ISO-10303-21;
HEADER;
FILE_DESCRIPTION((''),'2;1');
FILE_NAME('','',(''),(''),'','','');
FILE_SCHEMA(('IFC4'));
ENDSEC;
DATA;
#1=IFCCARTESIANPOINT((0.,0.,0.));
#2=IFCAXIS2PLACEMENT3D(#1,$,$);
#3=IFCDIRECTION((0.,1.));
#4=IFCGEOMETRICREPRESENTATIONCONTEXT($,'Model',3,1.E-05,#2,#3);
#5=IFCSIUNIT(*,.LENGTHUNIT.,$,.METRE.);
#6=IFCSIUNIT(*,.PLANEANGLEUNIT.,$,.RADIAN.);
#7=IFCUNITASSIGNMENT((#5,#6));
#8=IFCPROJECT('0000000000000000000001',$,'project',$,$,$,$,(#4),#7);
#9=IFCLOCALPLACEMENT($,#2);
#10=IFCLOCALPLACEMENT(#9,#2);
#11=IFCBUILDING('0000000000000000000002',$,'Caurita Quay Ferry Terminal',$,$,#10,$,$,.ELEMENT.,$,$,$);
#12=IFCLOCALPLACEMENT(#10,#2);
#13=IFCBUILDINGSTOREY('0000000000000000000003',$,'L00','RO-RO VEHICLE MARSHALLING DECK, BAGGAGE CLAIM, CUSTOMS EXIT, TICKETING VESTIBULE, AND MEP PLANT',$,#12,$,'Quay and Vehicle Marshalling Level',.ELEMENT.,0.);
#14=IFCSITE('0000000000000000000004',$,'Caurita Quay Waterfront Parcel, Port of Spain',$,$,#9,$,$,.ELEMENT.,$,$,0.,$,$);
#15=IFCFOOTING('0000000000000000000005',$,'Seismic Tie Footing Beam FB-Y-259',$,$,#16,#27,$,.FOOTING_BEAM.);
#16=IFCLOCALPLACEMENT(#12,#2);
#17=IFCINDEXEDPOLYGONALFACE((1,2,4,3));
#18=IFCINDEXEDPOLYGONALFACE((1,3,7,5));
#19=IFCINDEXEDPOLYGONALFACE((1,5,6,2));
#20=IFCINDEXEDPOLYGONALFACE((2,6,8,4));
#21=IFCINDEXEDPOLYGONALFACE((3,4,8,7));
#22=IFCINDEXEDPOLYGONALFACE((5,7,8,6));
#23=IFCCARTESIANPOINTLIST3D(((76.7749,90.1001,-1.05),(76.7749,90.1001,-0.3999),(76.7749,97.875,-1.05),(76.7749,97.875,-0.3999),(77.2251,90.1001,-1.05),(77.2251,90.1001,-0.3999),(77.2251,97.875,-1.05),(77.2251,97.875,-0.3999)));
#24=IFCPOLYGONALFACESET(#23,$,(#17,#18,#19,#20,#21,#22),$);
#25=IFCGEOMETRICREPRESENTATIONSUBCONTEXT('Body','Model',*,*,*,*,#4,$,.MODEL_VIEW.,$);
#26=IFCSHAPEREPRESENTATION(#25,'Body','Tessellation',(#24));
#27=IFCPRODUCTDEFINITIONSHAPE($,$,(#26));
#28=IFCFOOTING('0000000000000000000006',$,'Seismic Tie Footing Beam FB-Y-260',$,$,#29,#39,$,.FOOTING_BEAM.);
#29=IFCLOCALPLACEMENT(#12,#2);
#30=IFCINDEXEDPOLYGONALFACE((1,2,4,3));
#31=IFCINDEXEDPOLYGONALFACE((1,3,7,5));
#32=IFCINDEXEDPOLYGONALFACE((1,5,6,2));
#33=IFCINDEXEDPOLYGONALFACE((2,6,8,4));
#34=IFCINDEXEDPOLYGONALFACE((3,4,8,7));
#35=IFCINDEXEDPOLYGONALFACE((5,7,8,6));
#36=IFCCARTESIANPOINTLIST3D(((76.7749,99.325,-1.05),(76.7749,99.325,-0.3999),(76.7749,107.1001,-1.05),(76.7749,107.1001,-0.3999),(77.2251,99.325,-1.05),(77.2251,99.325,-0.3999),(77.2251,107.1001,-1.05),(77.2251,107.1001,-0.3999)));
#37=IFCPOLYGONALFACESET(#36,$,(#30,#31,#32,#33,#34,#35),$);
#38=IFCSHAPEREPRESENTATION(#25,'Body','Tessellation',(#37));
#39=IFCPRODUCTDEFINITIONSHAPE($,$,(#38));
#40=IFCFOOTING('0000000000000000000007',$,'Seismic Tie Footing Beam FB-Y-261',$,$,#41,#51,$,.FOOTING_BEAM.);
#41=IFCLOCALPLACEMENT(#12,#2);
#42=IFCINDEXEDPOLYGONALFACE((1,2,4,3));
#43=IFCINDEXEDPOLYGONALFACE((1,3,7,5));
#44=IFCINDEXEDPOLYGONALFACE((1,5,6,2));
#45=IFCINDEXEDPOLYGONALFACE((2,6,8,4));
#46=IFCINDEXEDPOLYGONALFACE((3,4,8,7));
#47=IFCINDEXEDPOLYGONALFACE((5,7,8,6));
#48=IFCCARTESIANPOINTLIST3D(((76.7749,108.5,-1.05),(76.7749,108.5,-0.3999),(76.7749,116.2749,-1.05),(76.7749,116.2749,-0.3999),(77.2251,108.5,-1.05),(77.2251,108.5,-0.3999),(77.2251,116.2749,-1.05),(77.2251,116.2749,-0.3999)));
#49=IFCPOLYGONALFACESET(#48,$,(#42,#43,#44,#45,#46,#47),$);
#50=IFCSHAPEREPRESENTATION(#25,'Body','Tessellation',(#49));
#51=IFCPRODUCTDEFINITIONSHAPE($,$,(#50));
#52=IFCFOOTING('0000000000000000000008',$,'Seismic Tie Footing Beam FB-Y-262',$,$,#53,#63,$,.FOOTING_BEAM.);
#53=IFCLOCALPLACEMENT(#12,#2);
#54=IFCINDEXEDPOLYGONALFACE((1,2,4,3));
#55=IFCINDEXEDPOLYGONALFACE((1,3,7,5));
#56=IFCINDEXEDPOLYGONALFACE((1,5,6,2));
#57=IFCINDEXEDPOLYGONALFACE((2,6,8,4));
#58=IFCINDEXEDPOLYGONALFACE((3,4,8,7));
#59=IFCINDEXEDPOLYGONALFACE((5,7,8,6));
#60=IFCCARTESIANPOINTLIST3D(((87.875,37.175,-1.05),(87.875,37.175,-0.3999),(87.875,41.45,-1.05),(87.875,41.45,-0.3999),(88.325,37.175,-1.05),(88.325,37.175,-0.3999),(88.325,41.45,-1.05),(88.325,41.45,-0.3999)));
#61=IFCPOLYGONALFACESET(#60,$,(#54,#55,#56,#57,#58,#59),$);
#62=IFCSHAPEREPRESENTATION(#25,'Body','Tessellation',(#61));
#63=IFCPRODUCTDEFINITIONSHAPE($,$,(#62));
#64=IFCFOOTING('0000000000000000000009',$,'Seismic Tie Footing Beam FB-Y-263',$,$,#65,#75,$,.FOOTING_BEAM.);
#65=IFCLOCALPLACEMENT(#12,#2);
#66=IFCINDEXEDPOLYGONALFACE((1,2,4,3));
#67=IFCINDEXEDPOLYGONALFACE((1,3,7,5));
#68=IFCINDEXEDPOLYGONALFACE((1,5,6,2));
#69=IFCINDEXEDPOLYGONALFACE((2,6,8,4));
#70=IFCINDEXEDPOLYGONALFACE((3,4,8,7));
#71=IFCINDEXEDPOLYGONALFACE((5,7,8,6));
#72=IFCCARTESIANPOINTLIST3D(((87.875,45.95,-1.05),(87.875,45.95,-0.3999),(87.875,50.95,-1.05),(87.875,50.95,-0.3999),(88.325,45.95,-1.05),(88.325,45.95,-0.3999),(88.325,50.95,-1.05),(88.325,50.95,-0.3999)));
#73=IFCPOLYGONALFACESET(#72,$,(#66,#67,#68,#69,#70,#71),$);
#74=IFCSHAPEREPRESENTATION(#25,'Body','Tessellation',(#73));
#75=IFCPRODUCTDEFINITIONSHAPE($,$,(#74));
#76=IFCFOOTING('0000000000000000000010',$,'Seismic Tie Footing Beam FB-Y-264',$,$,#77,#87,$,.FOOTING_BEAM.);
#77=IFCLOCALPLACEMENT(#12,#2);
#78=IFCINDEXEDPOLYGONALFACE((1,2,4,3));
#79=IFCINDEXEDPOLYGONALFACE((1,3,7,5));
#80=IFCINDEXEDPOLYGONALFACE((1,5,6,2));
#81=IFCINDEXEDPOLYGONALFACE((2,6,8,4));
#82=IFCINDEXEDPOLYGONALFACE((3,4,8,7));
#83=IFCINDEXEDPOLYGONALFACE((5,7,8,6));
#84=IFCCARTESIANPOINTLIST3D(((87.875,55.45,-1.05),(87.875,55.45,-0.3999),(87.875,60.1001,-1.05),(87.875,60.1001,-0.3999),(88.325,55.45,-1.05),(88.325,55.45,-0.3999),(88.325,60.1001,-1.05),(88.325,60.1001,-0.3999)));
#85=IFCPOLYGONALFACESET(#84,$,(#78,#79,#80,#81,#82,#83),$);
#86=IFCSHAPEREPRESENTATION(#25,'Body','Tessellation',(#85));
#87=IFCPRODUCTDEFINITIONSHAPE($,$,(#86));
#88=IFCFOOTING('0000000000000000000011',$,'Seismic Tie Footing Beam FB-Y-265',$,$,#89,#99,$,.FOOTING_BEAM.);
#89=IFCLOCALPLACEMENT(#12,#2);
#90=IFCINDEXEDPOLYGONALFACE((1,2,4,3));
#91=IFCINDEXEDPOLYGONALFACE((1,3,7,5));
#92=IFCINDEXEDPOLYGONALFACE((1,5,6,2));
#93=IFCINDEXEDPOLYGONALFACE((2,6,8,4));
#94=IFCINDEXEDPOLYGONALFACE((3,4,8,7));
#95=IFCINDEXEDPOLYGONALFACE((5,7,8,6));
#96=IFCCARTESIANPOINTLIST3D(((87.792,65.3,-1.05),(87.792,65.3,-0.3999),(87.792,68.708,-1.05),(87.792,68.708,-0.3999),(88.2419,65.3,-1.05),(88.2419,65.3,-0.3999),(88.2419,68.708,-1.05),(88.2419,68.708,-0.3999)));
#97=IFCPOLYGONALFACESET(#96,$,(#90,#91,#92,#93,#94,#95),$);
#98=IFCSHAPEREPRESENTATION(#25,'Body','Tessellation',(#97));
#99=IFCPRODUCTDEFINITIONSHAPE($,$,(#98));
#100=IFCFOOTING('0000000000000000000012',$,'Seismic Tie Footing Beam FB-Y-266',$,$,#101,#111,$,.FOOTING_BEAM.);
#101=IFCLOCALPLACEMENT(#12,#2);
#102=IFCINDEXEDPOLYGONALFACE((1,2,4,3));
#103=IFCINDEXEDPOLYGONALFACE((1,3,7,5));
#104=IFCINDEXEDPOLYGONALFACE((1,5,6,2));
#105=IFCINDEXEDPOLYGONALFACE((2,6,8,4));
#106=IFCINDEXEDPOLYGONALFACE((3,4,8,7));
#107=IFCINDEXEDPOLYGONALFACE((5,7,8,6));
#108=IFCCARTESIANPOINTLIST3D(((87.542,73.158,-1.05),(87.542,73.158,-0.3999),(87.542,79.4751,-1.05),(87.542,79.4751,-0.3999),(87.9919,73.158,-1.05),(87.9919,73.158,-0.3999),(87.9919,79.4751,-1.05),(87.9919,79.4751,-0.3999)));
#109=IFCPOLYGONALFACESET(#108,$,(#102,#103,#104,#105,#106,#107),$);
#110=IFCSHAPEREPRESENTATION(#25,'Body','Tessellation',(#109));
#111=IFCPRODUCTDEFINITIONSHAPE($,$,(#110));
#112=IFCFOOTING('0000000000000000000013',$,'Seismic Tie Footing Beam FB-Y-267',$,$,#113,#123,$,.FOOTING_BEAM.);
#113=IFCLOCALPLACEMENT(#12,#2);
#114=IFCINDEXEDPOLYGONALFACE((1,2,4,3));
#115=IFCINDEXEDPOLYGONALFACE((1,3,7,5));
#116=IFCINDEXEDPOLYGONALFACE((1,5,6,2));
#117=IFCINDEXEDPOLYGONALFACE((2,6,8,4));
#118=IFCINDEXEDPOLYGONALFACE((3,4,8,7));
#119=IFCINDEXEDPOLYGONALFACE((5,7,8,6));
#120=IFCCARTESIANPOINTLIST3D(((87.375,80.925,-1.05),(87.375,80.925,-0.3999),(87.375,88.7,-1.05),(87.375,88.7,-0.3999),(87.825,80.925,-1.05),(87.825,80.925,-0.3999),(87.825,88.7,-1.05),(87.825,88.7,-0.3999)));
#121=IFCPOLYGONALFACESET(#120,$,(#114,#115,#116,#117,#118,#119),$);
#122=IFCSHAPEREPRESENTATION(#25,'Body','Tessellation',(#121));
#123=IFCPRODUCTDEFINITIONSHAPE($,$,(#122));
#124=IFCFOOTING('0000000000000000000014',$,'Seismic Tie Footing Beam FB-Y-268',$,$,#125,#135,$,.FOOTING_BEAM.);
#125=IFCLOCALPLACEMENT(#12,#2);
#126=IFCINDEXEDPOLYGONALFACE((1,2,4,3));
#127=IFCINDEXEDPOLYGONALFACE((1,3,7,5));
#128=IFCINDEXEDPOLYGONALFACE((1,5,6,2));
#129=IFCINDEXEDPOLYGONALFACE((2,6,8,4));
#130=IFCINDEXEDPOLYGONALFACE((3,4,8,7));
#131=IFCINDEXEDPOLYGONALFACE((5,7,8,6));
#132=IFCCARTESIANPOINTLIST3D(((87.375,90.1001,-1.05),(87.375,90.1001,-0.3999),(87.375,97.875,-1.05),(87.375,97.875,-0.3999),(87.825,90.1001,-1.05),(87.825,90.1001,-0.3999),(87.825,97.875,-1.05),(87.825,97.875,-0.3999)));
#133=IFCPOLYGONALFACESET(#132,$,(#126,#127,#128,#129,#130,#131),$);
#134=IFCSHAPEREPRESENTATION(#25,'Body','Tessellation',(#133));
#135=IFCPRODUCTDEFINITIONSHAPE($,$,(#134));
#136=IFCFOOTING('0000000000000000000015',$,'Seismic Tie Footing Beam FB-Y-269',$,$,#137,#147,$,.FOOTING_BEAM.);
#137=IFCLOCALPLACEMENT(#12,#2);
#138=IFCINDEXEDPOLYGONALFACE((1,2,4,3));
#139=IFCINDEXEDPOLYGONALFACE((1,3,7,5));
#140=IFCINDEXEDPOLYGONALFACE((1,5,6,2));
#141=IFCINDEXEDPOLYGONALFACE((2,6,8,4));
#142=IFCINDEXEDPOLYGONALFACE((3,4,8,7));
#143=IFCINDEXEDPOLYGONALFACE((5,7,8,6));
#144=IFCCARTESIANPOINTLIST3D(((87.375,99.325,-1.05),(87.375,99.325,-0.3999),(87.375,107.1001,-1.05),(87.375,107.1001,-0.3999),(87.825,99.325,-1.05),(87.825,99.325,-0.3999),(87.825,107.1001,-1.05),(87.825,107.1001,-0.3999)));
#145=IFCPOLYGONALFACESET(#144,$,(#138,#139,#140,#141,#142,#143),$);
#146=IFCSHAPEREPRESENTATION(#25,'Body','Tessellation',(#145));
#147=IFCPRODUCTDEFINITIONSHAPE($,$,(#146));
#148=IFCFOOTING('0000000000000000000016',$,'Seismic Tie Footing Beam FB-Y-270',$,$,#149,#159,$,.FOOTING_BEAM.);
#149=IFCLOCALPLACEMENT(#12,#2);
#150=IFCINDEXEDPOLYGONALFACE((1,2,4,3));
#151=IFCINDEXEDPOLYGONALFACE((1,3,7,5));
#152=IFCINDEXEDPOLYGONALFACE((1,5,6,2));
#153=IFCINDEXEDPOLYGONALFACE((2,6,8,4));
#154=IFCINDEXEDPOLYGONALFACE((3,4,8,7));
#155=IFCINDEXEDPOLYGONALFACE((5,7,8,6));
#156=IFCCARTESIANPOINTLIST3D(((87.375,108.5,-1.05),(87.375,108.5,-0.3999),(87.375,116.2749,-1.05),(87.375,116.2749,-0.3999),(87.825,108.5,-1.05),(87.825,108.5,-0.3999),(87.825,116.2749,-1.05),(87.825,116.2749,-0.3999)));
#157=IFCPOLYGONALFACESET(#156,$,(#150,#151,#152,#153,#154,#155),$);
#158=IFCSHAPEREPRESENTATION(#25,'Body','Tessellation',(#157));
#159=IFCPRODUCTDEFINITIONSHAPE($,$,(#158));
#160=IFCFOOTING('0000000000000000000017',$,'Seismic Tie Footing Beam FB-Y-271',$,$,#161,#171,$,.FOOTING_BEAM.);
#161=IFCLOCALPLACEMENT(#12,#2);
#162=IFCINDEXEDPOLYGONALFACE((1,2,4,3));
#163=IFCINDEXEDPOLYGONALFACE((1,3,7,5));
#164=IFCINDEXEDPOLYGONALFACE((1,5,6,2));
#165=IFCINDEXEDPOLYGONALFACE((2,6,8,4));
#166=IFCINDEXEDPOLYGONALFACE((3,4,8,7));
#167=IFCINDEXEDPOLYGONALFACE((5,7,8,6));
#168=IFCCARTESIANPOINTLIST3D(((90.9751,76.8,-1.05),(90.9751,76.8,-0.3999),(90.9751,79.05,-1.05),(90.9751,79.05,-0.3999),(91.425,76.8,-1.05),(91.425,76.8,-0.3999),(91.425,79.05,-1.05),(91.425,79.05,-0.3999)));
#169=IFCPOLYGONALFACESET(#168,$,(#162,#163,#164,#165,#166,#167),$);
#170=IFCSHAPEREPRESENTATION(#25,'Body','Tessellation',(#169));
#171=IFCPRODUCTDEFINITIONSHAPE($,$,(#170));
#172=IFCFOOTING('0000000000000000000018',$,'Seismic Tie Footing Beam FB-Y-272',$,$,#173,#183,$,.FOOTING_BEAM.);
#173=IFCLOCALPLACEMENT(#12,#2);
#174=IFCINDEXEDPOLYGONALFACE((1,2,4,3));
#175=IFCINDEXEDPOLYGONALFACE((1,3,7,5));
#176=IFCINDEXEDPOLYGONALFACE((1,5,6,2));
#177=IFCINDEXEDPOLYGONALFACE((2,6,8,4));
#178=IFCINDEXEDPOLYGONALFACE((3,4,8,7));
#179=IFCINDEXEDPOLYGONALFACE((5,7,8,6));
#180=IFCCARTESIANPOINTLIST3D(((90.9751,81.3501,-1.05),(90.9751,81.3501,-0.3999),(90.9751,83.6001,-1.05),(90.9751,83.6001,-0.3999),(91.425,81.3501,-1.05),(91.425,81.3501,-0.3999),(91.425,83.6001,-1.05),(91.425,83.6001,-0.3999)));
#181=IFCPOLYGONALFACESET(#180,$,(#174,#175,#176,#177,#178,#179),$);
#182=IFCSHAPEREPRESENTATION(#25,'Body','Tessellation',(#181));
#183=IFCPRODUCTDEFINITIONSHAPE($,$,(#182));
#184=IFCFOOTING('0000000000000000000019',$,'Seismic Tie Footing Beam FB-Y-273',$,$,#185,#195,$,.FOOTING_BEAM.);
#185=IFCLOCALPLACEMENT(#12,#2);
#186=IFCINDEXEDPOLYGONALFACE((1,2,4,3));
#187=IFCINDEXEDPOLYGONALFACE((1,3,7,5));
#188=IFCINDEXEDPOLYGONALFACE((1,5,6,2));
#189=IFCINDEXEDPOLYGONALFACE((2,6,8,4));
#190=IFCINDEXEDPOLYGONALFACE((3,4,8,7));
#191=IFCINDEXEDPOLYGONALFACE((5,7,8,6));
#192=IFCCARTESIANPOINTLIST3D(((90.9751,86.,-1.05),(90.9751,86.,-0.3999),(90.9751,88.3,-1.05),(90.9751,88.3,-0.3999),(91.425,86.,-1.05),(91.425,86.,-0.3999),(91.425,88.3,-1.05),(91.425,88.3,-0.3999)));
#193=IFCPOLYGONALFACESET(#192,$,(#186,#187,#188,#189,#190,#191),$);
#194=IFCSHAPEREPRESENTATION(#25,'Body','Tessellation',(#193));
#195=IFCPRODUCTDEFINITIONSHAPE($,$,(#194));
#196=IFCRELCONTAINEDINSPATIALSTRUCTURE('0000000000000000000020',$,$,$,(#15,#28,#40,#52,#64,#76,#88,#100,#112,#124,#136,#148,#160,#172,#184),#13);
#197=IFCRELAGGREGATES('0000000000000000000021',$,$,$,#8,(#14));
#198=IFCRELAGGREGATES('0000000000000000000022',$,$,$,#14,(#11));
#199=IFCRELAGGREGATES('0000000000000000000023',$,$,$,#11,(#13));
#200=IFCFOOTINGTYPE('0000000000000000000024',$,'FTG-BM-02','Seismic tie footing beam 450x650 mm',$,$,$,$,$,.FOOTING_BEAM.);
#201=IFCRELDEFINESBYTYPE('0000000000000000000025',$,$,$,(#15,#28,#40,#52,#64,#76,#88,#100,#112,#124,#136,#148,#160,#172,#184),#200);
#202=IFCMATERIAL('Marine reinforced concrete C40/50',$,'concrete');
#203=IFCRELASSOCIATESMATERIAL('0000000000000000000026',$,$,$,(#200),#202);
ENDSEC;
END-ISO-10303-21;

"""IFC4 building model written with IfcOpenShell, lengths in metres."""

from ifc_helpers import new_model, si_unit, direction, frame, origin, place, context, subcontext, project, spatial, polyline, outline, extrude, material, type_object, element, save


model = new_model("IFC4")

# Units and contexts
model_context = context("Model", 3, precision=1e-05, world=origin(), true_north=direction((0.0, 1.0)))
body_context = subcontext(model_context, "Body", "Model", "MODEL_VIEW")
ifc_project = project(units=[si_unit("LENGTHUNIT", "METRE"), si_unit("PLANEANGLEUNIT", "RADIAN")], contexts=[model_context])

# Site, building, storey
site_placement = place(None, origin())
site = spatial("IfcSite", under=ifc_project, at=site_placement, Name="Caurita Quay Waterfront Parcel, Port of Spain", CompositionType="ELEMENT", RefElevation=0.0)
building_placement = place(site_placement, origin())
building = spatial("IfcBuilding", under=site, at=building_placement, Name="Caurita Quay Ferry Terminal", CompositionType="ELEMENT")
storey_placement = place(building_placement, origin())
storey = spatial("IfcBuildingStorey", under=building, at=storey_placement, Name="L00", Description="RO-RO VEHICLE MARSHALLING DECK, BAGGAGE CLAIM, CUSTOMS EXIT, TICKETING VESTIBULE, AND MEP PLANT", LongName="Quay and Vehicle Marshalling Level", CompositionType="ELEMENT", Elevation=0.0)

# Footings
ifc_material = material(Name="Marine reinforced concrete C40/50", Category="concrete")
footing_type = type_object("IfcFootingType", Name="FTG-BM-02", Description="Seismic tie footing beam 450x650 mm", PredefinedType="FOOTING_BEAM", material=ifc_material)
footing_1_placement = place(storey_placement, frame((0.0, 0.0, -1.05)))
element("IfcFooting", 1, at=footing_1_placement, inside=storey, type_object=footing_type, Name="Seismic Tie Footing Beam FB-Y-259", PredefinedType="FOOTING_BEAM", context=body_context, shape_type="SweptSolid", body=[
    extrude(outline(polyline([(76.7749, 90.1001), (77.2251, 90.1001), (77.2251, 97.875), (76.7749, 97.875), (76.7749, 90.1001)])), origin(), (0.0, 0.0, 1.0), 0.6501),
])
footing_2_placement = place(storey_placement, frame((0.0, 0.0, -1.05)))
element("IfcFooting", 2, at=footing_2_placement, inside=storey, type_object=footing_type, Name="Seismic Tie Footing Beam FB-Y-260", PredefinedType="FOOTING_BEAM", context=body_context, shape_type="SweptSolid", body=[
    extrude(outline(polyline([(76.7749, 99.325), (77.2251, 99.325), (77.2251, 107.1001), (76.7749, 107.1001), (76.7749, 99.325)])), origin(), (0.0, 0.0, 1.0), 0.6501),
])
footing_3_placement = place(storey_placement, frame((0.0, 0.0, -1.05)))
element("IfcFooting", 3, at=footing_3_placement, inside=storey, type_object=footing_type, Name="Seismic Tie Footing Beam FB-Y-261", PredefinedType="FOOTING_BEAM", context=body_context, shape_type="SweptSolid", body=[
    extrude(outline(polyline([(76.7749, 108.5), (77.2251, 108.5), (77.2251, 116.2749), (76.7749, 116.2749), (76.7749, 108.5)])), origin(), (0.0, 0.0, 1.0), 0.6501),
])
footing_4_placement = place(storey_placement, frame((0.0, 0.0, -1.05)))
element("IfcFooting", 4, at=footing_4_placement, inside=storey, type_object=footing_type, Name="Seismic Tie Footing Beam FB-Y-262", PredefinedType="FOOTING_BEAM", context=body_context, shape_type="SweptSolid", body=[
    extrude(outline(polyline([(87.875, 37.175), (88.325, 37.175), (88.325, 41.45), (87.875, 41.45), (87.875, 37.175)])), origin(), (0.0, 0.0, 1.0), 0.6501),
])
footing_5_placement = place(storey_placement, frame((0.0, 0.0, -1.05)))
element("IfcFooting", 5, at=footing_5_placement, inside=storey, type_object=footing_type, Name="Seismic Tie Footing Beam FB-Y-263", PredefinedType="FOOTING_BEAM", context=body_context, shape_type="SweptSolid", body=[
    extrude(outline(polyline([(87.875, 45.95), (88.325, 45.95), (88.325, 50.95), (87.875, 50.95), (87.875, 45.95)])), origin(), (0.0, 0.0, 1.0), 0.6501),
])
footing_6_placement = place(storey_placement, frame((0.0, 0.0, -1.05)))
element("IfcFooting", 6, at=footing_6_placement, inside=storey, type_object=footing_type, Name="Seismic Tie Footing Beam FB-Y-264", PredefinedType="FOOTING_BEAM", context=body_context, shape_type="SweptSolid", body=[
    extrude(outline(polyline([(87.875, 55.45), (88.325, 55.45), (88.325, 60.1001), (87.875, 60.1001), (87.875, 55.45)])), origin(), (0.0, 0.0, 1.0), 0.6501),
])
footing_7_placement = place(storey_placement, frame((0.0, 0.0, -1.05)))
element("IfcFooting", 7, at=footing_7_placement, inside=storey, type_object=footing_type, Name="Seismic Tie Footing Beam FB-Y-265", PredefinedType="FOOTING_BEAM", context=body_context, shape_type="SweptSolid", body=[
    extrude(outline(polyline([(87.792, 65.3), (88.2419, 65.3), (88.2419, 68.708), (87.792, 68.708), (87.792, 65.3)])), origin(), (0.0, 0.0, 1.0), 0.6501),
])
footing_8_placement = place(storey_placement, frame((0.0, 0.0, -1.05)))
element("IfcFooting", 8, at=footing_8_placement, inside=storey, type_object=footing_type, Name="Seismic Tie Footing Beam FB-Y-266", PredefinedType="FOOTING_BEAM", context=body_context, shape_type="SweptSolid", body=[
    extrude(outline(polyline([(87.542, 73.158), (87.9919, 73.158), (87.9919, 79.4751), (87.542, 79.4751), (87.542, 73.158)])), origin(), (0.0, 0.0, 1.0), 0.6501),
])
footing_9_placement = place(storey_placement, frame((0.0, 0.0, -1.05)))
element("IfcFooting", 9, at=footing_9_placement, inside=storey, type_object=footing_type, Name="Seismic Tie Footing Beam FB-Y-267", PredefinedType="FOOTING_BEAM", context=body_context, shape_type="SweptSolid", body=[
    extrude(outline(polyline([(87.375, 80.925), (87.825, 80.925), (87.825, 88.7), (87.375, 88.7), (87.375, 80.925)])), origin(), (0.0, 0.0, 1.0), 0.6501),
])
footing_10_placement = place(storey_placement, frame((0.0, 0.0, -1.05)))
element("IfcFooting", 10, at=footing_10_placement, inside=storey, type_object=footing_type, Name="Seismic Tie Footing Beam FB-Y-268", PredefinedType="FOOTING_BEAM", context=body_context, shape_type="SweptSolid", body=[
    extrude(outline(polyline([(87.375, 90.1001), (87.825, 90.1001), (87.825, 97.875), (87.375, 97.875), (87.375, 90.1001)])), origin(), (0.0, 0.0, 1.0), 0.6501),
])
footing_11_placement = place(storey_placement, frame((0.0, 0.0, -1.05)))
element("IfcFooting", 11, at=footing_11_placement, inside=storey, type_object=footing_type, Name="Seismic Tie Footing Beam FB-Y-269", PredefinedType="FOOTING_BEAM", context=body_context, shape_type="SweptSolid", body=[
    extrude(outline(polyline([(87.375, 99.325), (87.825, 99.325), (87.825, 107.1001), (87.375, 107.1001), (87.375, 99.325)])), origin(), (0.0, 0.0, 1.0), 0.6501),
])
footing_12_placement = place(storey_placement, frame((0.0, 0.0, -1.05)))
element("IfcFooting", 12, at=footing_12_placement, inside=storey, type_object=footing_type, Name="Seismic Tie Footing Beam FB-Y-270", PredefinedType="FOOTING_BEAM", context=body_context, shape_type="SweptSolid", body=[
    extrude(outline(polyline([(87.375, 108.5), (87.825, 108.5), (87.825, 116.2749), (87.375, 116.2749), (87.375, 108.5)])), origin(), (0.0, 0.0, 1.0), 0.6501),
])
footing_13_placement = place(storey_placement, frame((0.0, 0.0, -1.05)))
element("IfcFooting", 13, at=footing_13_placement, inside=storey, type_object=footing_type, Name="Seismic Tie Footing Beam FB-Y-271", PredefinedType="FOOTING_BEAM", context=body_context, shape_type="SweptSolid", body=[
    extrude(outline(polyline([(90.9751, 76.8), (91.425, 76.8), (91.425, 79.05), (90.9751, 79.05), (90.9751, 76.8)])), origin(), (0.0, 0.0, 1.0), 0.6501),
])
footing_14_placement = place(storey_placement, frame((0.0, 0.0, -1.05)))
element("IfcFooting", 14, at=footing_14_placement, inside=storey, type_object=footing_type, Name="Seismic Tie Footing Beam FB-Y-272", PredefinedType="FOOTING_BEAM", context=body_context, shape_type="SweptSolid", body=[
    extrude(outline(polyline([(90.9751, 81.3501), (91.425, 81.3501), (91.425, 83.6001), (90.9751, 83.6001), (90.9751, 81.3501)])), origin(), (0.0, 0.0, 1.0), 0.6501),
])
footing_15_placement = place(storey_placement, frame((0.0, 0.0, -1.05)))
element("IfcFooting", 15, at=footing_15_placement, inside=storey, type_object=footing_type, Name="Seismic Tie Footing Beam FB-Y-273", PredefinedType="FOOTING_BEAM", context=body_context, shape_type="SweptSolid", body=[
    extrude(outline(polyline([(90.9751, 86.0), (91.425, 86.0), (91.425, 88.3), (90.9751, 88.3), (90.9751, 86.0)])), origin(), (0.0, 0.0, 1.0), 0.6501),
])

save(model, "model.ifc")
